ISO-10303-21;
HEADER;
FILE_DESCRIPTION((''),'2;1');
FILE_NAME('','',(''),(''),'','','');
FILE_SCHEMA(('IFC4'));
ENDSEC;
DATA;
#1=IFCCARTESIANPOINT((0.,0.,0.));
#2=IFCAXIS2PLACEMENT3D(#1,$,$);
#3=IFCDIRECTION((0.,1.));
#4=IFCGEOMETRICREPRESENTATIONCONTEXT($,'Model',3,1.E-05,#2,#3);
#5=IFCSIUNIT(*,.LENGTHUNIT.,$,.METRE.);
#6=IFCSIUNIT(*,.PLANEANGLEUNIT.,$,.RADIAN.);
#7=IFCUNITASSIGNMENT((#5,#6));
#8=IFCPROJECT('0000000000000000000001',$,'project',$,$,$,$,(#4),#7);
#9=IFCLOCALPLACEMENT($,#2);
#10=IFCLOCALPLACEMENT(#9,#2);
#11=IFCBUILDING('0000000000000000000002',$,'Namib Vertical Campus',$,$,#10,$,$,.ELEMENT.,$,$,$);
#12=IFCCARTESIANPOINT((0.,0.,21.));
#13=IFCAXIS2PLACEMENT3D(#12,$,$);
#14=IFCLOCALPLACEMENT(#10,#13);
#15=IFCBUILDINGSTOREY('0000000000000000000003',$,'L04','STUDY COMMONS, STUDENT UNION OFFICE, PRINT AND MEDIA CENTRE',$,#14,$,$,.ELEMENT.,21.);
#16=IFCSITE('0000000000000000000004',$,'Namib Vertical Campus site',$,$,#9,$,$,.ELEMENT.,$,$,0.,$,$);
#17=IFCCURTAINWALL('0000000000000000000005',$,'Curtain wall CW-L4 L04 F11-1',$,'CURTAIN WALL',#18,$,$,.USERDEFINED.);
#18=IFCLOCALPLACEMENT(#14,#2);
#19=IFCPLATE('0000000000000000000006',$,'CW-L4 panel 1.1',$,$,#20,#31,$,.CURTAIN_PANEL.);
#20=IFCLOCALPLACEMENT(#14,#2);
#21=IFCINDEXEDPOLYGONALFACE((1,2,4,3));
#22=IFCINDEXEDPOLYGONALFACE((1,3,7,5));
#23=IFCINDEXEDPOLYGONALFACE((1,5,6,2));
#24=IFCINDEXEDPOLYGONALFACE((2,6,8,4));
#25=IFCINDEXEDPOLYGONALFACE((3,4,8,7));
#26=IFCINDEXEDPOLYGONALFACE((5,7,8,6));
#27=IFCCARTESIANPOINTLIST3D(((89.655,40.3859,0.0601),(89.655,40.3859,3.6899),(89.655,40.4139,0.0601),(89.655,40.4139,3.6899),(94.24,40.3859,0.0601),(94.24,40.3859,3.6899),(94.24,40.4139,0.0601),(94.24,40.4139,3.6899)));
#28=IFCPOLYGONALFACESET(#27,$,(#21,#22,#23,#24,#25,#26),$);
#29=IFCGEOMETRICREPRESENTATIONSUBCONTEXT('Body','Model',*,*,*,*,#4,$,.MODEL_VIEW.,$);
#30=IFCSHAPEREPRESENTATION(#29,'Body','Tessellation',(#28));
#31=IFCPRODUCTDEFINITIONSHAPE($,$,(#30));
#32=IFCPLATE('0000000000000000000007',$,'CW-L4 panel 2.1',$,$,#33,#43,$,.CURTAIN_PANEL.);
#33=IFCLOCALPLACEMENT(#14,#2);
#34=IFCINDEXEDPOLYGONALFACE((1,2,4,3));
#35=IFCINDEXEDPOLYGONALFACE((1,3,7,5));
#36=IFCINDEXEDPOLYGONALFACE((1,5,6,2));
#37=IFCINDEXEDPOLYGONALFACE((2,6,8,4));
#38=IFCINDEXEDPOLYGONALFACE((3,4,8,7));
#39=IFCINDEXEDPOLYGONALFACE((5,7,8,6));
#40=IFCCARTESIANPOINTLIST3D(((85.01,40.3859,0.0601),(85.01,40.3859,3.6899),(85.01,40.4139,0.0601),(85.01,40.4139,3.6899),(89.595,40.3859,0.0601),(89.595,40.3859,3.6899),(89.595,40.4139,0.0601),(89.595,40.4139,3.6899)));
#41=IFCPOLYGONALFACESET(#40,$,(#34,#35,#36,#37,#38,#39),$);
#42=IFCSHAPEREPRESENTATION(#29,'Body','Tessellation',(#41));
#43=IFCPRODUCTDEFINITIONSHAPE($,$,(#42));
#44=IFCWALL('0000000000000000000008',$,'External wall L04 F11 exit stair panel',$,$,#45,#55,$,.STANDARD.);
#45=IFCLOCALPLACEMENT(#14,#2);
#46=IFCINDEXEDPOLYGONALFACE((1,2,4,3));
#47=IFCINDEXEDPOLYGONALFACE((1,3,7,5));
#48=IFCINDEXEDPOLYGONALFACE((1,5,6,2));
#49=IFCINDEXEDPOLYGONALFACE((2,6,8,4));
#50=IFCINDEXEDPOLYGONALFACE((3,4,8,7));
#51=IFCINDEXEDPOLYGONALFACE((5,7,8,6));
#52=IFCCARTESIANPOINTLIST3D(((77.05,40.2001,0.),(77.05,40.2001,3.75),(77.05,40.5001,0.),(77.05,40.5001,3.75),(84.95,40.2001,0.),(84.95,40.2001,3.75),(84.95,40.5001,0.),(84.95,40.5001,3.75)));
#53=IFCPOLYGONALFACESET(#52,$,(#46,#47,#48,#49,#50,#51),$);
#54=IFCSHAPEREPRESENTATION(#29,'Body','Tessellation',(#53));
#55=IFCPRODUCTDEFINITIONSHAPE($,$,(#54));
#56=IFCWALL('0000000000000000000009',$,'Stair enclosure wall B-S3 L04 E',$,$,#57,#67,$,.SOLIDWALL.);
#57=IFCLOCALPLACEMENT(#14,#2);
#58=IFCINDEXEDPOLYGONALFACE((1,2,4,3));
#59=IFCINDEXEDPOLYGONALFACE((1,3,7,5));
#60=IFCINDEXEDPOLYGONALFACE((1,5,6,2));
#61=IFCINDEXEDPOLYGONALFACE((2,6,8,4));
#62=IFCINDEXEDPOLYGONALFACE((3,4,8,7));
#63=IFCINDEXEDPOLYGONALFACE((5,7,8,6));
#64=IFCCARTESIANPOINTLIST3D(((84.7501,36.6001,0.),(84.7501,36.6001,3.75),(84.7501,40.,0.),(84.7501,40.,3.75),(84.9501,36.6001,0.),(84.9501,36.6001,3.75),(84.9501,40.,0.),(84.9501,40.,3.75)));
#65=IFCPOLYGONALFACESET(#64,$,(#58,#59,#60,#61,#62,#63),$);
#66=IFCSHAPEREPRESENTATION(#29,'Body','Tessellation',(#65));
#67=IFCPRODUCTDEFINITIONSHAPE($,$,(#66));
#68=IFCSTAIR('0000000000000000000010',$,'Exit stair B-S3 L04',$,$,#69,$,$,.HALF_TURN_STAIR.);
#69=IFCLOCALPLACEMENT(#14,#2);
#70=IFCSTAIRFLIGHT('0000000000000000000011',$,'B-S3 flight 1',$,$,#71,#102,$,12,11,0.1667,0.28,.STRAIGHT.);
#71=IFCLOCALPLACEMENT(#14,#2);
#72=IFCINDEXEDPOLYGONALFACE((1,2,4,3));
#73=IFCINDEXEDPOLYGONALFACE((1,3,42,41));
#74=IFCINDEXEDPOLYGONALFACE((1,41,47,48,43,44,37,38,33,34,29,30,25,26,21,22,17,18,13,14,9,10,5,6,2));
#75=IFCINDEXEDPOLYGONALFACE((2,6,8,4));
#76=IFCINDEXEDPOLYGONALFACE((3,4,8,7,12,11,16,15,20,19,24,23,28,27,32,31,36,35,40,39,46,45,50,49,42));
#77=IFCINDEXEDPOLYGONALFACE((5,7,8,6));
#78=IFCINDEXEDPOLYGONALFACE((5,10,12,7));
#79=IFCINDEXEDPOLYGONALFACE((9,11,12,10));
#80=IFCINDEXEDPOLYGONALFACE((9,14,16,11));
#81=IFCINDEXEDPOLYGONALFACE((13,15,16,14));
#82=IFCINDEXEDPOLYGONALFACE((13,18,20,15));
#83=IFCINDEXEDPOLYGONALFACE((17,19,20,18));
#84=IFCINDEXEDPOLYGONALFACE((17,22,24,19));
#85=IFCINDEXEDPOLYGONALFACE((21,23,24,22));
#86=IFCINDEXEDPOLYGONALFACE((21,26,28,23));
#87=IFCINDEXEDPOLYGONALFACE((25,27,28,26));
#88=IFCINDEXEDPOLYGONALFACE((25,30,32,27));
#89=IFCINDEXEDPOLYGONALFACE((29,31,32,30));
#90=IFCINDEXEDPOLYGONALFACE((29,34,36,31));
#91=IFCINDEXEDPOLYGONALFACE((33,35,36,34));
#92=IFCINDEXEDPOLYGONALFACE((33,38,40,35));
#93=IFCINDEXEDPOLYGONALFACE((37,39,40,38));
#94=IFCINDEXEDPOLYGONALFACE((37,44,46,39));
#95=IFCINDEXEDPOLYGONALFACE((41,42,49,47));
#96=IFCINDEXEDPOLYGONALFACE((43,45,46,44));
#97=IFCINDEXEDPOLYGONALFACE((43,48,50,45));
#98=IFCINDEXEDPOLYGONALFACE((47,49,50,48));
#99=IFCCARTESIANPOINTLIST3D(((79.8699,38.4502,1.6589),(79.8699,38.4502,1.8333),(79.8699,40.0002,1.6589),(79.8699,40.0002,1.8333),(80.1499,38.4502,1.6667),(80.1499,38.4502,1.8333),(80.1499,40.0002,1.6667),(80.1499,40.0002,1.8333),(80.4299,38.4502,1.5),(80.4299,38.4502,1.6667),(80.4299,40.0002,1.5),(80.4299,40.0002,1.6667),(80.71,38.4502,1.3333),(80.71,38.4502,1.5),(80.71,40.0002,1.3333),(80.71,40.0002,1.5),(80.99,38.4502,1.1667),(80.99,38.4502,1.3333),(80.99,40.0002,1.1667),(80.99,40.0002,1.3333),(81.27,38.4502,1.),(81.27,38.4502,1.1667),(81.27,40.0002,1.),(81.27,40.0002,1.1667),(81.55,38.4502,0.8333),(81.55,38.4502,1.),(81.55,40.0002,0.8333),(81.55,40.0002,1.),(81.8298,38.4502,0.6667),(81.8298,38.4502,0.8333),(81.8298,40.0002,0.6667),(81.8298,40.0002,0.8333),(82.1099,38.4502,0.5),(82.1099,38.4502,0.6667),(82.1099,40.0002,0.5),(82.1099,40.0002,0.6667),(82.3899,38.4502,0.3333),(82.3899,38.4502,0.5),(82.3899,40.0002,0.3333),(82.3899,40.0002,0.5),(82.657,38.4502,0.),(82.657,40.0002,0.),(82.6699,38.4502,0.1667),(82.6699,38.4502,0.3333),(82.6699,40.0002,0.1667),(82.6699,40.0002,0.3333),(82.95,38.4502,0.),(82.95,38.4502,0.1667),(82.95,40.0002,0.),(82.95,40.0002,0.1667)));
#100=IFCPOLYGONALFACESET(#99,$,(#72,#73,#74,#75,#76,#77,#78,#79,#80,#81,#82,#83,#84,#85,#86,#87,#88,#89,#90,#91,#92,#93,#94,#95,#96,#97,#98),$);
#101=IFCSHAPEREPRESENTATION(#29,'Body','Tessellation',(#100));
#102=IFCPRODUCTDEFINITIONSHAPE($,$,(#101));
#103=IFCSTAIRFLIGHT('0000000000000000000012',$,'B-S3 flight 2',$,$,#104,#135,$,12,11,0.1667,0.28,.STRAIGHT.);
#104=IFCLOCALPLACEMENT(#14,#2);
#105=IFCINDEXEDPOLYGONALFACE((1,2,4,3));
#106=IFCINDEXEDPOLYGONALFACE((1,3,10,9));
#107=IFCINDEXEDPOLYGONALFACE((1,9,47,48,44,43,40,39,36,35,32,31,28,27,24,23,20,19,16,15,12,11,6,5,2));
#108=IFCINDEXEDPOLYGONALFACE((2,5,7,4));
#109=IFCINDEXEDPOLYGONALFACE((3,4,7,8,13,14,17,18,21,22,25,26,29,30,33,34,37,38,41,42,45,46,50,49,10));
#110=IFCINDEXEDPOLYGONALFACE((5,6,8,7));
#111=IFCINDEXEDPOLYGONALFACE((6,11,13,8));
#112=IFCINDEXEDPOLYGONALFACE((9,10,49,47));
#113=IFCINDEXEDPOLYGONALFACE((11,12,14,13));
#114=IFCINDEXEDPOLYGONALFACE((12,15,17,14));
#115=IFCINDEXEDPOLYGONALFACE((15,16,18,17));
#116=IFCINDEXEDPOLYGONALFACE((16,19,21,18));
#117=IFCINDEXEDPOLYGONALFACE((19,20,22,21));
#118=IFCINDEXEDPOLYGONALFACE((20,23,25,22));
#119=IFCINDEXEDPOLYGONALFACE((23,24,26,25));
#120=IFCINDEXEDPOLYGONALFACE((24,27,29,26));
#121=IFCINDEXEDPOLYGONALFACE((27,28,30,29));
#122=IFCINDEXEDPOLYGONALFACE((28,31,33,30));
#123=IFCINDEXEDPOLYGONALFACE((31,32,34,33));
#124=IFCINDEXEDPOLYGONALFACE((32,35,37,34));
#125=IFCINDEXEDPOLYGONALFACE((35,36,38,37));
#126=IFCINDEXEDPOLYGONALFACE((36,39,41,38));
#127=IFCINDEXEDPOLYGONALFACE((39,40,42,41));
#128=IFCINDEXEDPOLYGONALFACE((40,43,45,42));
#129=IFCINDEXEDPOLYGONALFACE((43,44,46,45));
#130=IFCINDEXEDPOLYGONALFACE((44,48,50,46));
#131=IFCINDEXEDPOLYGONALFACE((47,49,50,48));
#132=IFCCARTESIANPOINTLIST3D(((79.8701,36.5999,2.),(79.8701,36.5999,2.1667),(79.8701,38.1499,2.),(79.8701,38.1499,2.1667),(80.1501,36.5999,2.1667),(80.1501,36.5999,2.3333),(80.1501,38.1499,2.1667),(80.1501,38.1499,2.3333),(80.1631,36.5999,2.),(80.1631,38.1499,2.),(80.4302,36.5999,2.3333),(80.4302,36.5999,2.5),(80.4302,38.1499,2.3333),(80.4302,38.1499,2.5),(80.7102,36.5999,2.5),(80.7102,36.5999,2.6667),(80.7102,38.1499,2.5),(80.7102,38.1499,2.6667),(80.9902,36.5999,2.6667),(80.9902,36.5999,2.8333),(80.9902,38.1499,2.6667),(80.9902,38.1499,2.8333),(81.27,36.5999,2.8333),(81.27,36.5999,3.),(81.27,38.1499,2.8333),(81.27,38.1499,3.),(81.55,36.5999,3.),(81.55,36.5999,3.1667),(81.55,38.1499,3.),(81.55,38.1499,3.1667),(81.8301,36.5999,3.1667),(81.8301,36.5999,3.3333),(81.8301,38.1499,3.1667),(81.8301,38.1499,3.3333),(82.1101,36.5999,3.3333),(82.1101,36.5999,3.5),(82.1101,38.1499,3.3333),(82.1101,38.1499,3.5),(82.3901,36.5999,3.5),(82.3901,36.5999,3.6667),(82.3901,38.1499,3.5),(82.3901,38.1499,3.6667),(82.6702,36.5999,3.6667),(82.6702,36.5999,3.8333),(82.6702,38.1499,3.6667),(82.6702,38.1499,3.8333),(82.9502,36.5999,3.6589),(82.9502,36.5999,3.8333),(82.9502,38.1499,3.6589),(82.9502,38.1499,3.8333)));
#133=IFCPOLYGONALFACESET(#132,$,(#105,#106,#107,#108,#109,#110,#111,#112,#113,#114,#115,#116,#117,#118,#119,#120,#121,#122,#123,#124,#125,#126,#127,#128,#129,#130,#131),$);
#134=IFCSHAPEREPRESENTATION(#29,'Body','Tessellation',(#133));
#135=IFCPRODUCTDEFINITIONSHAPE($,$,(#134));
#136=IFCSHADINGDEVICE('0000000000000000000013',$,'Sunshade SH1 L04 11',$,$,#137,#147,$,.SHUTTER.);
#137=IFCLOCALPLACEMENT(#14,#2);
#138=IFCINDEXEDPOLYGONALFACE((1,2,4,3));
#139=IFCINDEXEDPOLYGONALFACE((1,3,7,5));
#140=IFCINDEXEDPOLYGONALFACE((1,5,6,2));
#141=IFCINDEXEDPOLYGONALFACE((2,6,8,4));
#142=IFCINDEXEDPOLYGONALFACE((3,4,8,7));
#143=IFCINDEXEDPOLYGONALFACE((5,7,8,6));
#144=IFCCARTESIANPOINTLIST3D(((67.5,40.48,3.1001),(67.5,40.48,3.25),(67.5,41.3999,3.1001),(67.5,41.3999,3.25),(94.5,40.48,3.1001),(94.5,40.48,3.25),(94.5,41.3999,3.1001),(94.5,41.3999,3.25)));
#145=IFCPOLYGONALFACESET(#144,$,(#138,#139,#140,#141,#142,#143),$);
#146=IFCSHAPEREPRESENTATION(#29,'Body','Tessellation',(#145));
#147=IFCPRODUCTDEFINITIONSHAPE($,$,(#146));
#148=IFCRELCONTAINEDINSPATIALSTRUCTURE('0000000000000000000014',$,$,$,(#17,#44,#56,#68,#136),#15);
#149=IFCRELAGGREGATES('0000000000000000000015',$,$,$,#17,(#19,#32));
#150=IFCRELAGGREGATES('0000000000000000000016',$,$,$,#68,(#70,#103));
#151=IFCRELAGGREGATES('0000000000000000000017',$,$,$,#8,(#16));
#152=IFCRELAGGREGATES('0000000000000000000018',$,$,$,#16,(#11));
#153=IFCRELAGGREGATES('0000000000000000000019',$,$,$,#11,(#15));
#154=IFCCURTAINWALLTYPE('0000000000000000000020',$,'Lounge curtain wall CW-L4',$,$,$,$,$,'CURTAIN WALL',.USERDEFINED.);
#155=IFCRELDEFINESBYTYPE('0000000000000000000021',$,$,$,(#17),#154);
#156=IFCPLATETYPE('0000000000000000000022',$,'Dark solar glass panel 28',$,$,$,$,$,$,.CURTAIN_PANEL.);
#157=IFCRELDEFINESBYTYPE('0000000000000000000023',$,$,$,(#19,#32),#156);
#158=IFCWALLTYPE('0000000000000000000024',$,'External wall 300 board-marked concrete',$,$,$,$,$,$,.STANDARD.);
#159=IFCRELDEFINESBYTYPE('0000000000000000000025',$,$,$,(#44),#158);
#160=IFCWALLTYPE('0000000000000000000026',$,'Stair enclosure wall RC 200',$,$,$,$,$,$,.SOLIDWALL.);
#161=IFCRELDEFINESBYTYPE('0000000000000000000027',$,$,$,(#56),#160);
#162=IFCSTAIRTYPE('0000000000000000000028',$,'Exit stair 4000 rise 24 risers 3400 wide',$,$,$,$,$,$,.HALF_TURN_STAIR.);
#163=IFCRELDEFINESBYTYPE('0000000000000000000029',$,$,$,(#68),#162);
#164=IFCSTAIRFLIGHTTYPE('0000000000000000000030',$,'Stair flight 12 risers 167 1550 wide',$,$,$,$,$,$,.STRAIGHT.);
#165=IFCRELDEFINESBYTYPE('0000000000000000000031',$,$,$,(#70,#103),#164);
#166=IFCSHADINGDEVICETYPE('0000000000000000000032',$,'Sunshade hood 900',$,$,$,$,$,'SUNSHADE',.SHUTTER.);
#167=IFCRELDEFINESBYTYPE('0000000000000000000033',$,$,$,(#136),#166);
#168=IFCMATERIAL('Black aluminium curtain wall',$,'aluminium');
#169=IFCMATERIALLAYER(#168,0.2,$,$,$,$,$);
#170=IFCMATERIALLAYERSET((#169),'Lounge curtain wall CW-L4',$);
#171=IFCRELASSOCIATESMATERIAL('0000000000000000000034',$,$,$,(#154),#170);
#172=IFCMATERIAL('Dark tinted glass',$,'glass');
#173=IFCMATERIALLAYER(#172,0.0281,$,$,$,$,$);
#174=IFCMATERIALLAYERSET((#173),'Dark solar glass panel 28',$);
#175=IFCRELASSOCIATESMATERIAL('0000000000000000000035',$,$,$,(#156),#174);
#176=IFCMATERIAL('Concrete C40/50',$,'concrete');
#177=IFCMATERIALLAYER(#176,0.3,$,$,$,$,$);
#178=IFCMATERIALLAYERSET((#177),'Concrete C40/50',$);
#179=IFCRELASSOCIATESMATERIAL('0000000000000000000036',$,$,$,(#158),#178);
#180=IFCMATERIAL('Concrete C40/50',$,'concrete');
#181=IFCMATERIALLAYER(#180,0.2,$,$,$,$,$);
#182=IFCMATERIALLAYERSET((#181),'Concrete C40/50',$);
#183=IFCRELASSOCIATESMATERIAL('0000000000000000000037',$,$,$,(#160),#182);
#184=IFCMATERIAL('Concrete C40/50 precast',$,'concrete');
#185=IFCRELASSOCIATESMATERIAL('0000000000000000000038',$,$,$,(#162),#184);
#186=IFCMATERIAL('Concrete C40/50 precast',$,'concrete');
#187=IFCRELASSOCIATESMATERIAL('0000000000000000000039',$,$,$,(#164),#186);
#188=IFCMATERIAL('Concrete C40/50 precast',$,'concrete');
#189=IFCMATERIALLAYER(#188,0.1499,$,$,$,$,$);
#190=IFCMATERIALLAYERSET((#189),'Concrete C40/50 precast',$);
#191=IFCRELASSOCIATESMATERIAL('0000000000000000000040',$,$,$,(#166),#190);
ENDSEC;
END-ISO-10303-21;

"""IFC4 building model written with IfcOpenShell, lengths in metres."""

from ifc_helpers import new_model, si_unit, direction, frame, frame_2d, origin, origin_2d, place, context, subcontext, project, spatial, polyline, rectangle, outline, extrude, material, layer, layer_set, type_object, element, aggregate, save


model = new_model("IFC4")

# Units and contexts
model_context = context("Model", 3, precision=1e-05, world=origin(), true_north=direction((0.0, 1.0)))
body_context = subcontext(model_context, "Body", "Model", "MODEL_VIEW")
ifc_project = project(units=[si_unit("LENGTHUNIT", "METRE"), si_unit("PLANEANGLEUNIT", "RADIAN")], contexts=[model_context])

# Site, building, storey
site_placement = place(None, origin())
site = spatial("IfcSite", under=ifc_project, at=site_placement, Name="Namib Vertical Campus site", CompositionType="ELEMENT", RefElevation=0.0)
building_placement = place(site_placement, origin())
building = spatial("IfcBuilding", under=site, at=building_placement, Name="Namib Vertical Campus", CompositionType="ELEMENT")
storey_placement = place(building_placement, frame((0.0, 0.0, 21.0)))
storey = spatial("IfcBuildingStorey", under=building, at=storey_placement, Name="L04", Description="STUDY COMMONS, STUDENT UNION OFFICE, PRINT AND MEDIA CENTRE", CompositionType="ELEMENT", Elevation=21.0)

# Curtain wall
ifc_material_1 = material(Name="Black aluminium curtain wall", Category="aluminium")
ifc_layer_1 = layer(ifc_material_1, 0.2)
ifc_layer_set_1 = layer_set([ifc_layer_1], Name="Lounge curtain wall CW-L4")
curtain_wall_type = type_object("IfcCurtainWallType", Name="Lounge curtain wall CW-L4", ElementType="CURTAIN WALL", PredefinedType="USERDEFINED", material=ifc_layer_set_1)
curtain_wall_placement = place(storey_placement, origin())
curtain_wall = element("IfcCurtainWall", 1, at=curtain_wall_placement, inside=storey, type_object=curtain_wall_type, Name="Curtain wall CW-L4 L04 F11-1", ObjectType="CURTAIN WALL", PredefinedType="USERDEFINED")

# Plates
ifc_material_2 = material(Name="Dark tinted glass", Category="glass")
ifc_layer_2 = layer(ifc_material_2, 0.0281)
ifc_layer_set_2 = layer_set([ifc_layer_2], Name="Dark solar glass panel 28")
plate_type = type_object("IfcPlateType", Name="Dark solar glass panel 28", PredefinedType="CURTAIN_PANEL", material=ifc_layer_set_2)
plate_1_placement = place(storey_placement, frame((91.9475, 40.3999, 0.0601), z_axis=(0.0, 0.0, 1.0), x_axis=(-1.0, 0.0, 0.0)))
plate_1 = element("IfcPlate", 2, at=plate_1_placement, type_object=plate_type, Name="CW-L4 panel 1.1", PredefinedType="CURTAIN_PANEL", context=body_context, shape_type="SweptSolid", body=[
    extrude(rectangle(XDim=4.585, YDim=0.0281, at=origin_2d()), origin(), (0.0, 0.0, 1.0), 3.6299),
])
plate_2_placement = place(storey_placement, frame((87.3025, 40.3999, 0.0601), z_axis=(0.0, 0.0, 1.0), x_axis=(-1.0, 0.0, 0.0)))
plate_2 = element("IfcPlate", 3, at=plate_2_placement, type_object=plate_type, Name="CW-L4 panel 2.1", PredefinedType="CURTAIN_PANEL", context=body_context, shape_type="SweptSolid", body=[
    extrude(rectangle(XDim=4.585, YDim=0.0281, at=origin_2d()), origin(), (0.0, 0.0, 1.0), 3.6299),
])
aggregate(curtain_wall, [plate_1, plate_2])

# Walls
ifc_material_3 = material(Name="Concrete C40/50", Category="concrete")
ifc_layer_3 = layer(ifc_material_3, 0.3)
ifc_layer_set_3 = layer_set([ifc_layer_3], Name="Concrete C40/50")
wall_type_1 = type_object("IfcWallType", Name="External wall 300 board-marked concrete", PredefinedType="STANDARD", material=ifc_layer_set_3)
wall_1_placement = place(storey_placement, frame((84.95, 40.3501, 0.0), z_axis=(0.0, 0.0, 1.0), x_axis=(-1.0, 0.0, 0.0)))
element("IfcWall", 4, at=wall_1_placement, inside=storey, type_object=wall_type_1, Name="External wall L04 F11 exit stair panel", PredefinedType="STANDARD", context=body_context, shape_type="SweptSolid", body=[
    extrude(rectangle(XDim=7.8999, YDim=0.3, at=frame_2d((3.95, 0.0))), origin(), (0.0, 0.0, 1.0), 3.75),
])
ifc_material_4 = material(Name="Concrete C40/50", Category="concrete")
ifc_layer_4 = layer(ifc_material_4, 0.2)
ifc_layer_set_4 = layer_set([ifc_layer_4], Name="Concrete C40/50")
wall_type_2 = type_object("IfcWallType", Name="Stair enclosure wall RC 200", PredefinedType="SOLIDWALL", material=ifc_layer_set_4)
wall_2_placement = place(storey_placement, frame((84.8501, 36.6001, 0.0), z_axis=(0.0, 0.0, 1.0), x_axis=(0.0, 1.0, 0.0)))
element("IfcWall", 5, at=wall_2_placement, inside=storey, type_object=wall_type_2, Name="Stair enclosure wall B-S3 L04 E", PredefinedType="SOLIDWALL", context=body_context, shape_type="SweptSolid", body=[
    extrude(rectangle(XDim=3.3999, YDim=0.2, at=frame_2d((1.7, 0.0))), origin(), (0.0, 0.0, 1.0), 3.75),
])

# Stair, stair flights
ifc_material_5 = material(Name="Concrete C40/50 precast", Category="concrete")
stair_type = type_object("IfcStairType", Name="Exit stair 4000 rise 24 risers 3400 wide", PredefinedType="HALF_TURN_STAIR", material=ifc_material_5)
stair_placement = place(storey_placement, origin())
stair = element("IfcStair", 6, at=stair_placement, inside=storey, type_object=stair_type, Name="Exit stair B-S3 L04", PredefinedType="HALF_TURN_STAIR")
ifc_material_6 = material(Name="Concrete C40/50 precast", Category="concrete")
stair_flight_type = type_object("IfcStairFlightType", Name="Stair flight 12 risers 167 1550 wide", PredefinedType="STRAIGHT", material=ifc_material_6)
stair_flight_1_placement = place(storey_placement, frame((82.95, 39.2251, 0.0), z_axis=(0.0, 0.0, 1.0), x_axis=(-1.0, 0.0, 0.0)))
stair_flight_1 = element("IfcStairFlight", 7, at=stair_flight_1_placement, type_object=stair_flight_type, Name="B-S3 flight 1", NumberOfRisers=12, NumberOfTreads=11, PredefinedType="STRAIGHT", RiserHeight=0.1667, TreadLength=0.28, context=body_context, shape_type="SweptSolid", body=[
    extrude(outline(polyline([(0.0, 0.0), (0.0, 0.1667), (0.28, 0.1667), (0.28, 0.3333), (0.5601, 0.3333), (0.5601, 0.5), (0.8401, 0.5), (0.8401, 0.6667), (1.1201, 0.6667), (1.1201, 0.8333), (1.3999, 0.8333), (1.3999, 1.0), (1.6799, 1.0), (1.6799, 1.1667), (1.96, 1.1667), (1.96, 1.3333), (2.24, 1.3333), (2.24, 1.5), (2.52, 1.5), (2.52, 1.6667), (2.8, 1.6667), (2.8, 1.8333), (3.0801, 1.8333), (3.0801, 2.0), (3.0801, 1.6589), (0.293, 0.0), (0.0, 0.0)])), frame((0.0, 0.7749, 0.0), z_axis=(0.0, -1.0, 0.0), x_axis=(1.0, 0.0, 0.0)), (0.0, 0.0, 1.0), 1.55),
])
stair_flight_2_placement = place(storey_placement, frame((79.8701, 37.375, 2.0), z_axis=(0.0, 0.0, 1.0), x_axis=(1.0, 0.0, 0.0)))
stair_flight_2 = element("IfcStairFlight", 8, at=stair_flight_2_placement, type_object=stair_flight_type, Name="B-S3 flight 2", NumberOfRisers=12, NumberOfTreads=11, PredefinedType="STRAIGHT", RiserHeight=0.1667, TreadLength=0.28, context=body_context, shape_type="SweptSolid", body=[
    extrude(outline(polyline([(0.0, 0.0), (0.0, 0.1667), (0.28, 0.1667), (0.28, 0.3333), (0.5601, 0.3333), (0.5601, 0.5), (0.8401, 0.5), (0.8401, 0.6667), (1.1201, 0.6667), (1.1201, 0.8333), (1.3999, 0.8333), (1.3999, 1.0), (1.6799, 1.0), (1.6799, 1.1667), (1.96, 1.1667), (1.96, 1.3333), (2.24, 1.3333), (2.24, 1.5), (2.52, 1.5), (2.52, 1.6667), (2.8, 1.6667), (2.8, 1.8333), (3.0801, 1.8333), (3.0801, 2.0), (3.0801, 1.6589), (0.293, 0.0), (0.0, 0.0)])), frame((0.0, 0.7749, 0.0), z_axis=(0.0, -1.0, 0.0), x_axis=(1.0, 0.0, 0.0)), (0.0, 0.0, 1.0), 1.55),
])
aggregate(stair, [stair_flight_1, stair_flight_2])

# Shading device
ifc_material_7 = material(Name="Concrete C40/50 precast", Category="concrete")
ifc_layer_5 = layer(ifc_material_7, 0.1499)
ifc_layer_set_5 = layer_set([ifc_layer_5], Name="Concrete C40/50 precast")
shading_device_type = type_object("IfcShadingDeviceType", Name="Sunshade hood 900", ElementType="SUNSHADE", PredefinedType="SHUTTER", material=ifc_layer_set_5)
shading_device_placement = place(storey_placement, frame((81.0, 40.9399, 3.1001), z_axis=(0.0, 0.0, 1.0), x_axis=(-1.0, 0.0, 0.0)))
element("IfcShadingDevice", 9, at=shading_device_placement, inside=storey, type_object=shading_device_type, Name="Sunshade SH1 L04 11", PredefinedType="SHUTTER", context=body_context, shape_type="SweptSolid", body=[
    extrude(rectangle(XDim=27.0, YDim=0.9199, at=origin_2d()), origin(), (0.0, 0.0, 1.0), 0.1499),
])

save(model, "model.ifc")
